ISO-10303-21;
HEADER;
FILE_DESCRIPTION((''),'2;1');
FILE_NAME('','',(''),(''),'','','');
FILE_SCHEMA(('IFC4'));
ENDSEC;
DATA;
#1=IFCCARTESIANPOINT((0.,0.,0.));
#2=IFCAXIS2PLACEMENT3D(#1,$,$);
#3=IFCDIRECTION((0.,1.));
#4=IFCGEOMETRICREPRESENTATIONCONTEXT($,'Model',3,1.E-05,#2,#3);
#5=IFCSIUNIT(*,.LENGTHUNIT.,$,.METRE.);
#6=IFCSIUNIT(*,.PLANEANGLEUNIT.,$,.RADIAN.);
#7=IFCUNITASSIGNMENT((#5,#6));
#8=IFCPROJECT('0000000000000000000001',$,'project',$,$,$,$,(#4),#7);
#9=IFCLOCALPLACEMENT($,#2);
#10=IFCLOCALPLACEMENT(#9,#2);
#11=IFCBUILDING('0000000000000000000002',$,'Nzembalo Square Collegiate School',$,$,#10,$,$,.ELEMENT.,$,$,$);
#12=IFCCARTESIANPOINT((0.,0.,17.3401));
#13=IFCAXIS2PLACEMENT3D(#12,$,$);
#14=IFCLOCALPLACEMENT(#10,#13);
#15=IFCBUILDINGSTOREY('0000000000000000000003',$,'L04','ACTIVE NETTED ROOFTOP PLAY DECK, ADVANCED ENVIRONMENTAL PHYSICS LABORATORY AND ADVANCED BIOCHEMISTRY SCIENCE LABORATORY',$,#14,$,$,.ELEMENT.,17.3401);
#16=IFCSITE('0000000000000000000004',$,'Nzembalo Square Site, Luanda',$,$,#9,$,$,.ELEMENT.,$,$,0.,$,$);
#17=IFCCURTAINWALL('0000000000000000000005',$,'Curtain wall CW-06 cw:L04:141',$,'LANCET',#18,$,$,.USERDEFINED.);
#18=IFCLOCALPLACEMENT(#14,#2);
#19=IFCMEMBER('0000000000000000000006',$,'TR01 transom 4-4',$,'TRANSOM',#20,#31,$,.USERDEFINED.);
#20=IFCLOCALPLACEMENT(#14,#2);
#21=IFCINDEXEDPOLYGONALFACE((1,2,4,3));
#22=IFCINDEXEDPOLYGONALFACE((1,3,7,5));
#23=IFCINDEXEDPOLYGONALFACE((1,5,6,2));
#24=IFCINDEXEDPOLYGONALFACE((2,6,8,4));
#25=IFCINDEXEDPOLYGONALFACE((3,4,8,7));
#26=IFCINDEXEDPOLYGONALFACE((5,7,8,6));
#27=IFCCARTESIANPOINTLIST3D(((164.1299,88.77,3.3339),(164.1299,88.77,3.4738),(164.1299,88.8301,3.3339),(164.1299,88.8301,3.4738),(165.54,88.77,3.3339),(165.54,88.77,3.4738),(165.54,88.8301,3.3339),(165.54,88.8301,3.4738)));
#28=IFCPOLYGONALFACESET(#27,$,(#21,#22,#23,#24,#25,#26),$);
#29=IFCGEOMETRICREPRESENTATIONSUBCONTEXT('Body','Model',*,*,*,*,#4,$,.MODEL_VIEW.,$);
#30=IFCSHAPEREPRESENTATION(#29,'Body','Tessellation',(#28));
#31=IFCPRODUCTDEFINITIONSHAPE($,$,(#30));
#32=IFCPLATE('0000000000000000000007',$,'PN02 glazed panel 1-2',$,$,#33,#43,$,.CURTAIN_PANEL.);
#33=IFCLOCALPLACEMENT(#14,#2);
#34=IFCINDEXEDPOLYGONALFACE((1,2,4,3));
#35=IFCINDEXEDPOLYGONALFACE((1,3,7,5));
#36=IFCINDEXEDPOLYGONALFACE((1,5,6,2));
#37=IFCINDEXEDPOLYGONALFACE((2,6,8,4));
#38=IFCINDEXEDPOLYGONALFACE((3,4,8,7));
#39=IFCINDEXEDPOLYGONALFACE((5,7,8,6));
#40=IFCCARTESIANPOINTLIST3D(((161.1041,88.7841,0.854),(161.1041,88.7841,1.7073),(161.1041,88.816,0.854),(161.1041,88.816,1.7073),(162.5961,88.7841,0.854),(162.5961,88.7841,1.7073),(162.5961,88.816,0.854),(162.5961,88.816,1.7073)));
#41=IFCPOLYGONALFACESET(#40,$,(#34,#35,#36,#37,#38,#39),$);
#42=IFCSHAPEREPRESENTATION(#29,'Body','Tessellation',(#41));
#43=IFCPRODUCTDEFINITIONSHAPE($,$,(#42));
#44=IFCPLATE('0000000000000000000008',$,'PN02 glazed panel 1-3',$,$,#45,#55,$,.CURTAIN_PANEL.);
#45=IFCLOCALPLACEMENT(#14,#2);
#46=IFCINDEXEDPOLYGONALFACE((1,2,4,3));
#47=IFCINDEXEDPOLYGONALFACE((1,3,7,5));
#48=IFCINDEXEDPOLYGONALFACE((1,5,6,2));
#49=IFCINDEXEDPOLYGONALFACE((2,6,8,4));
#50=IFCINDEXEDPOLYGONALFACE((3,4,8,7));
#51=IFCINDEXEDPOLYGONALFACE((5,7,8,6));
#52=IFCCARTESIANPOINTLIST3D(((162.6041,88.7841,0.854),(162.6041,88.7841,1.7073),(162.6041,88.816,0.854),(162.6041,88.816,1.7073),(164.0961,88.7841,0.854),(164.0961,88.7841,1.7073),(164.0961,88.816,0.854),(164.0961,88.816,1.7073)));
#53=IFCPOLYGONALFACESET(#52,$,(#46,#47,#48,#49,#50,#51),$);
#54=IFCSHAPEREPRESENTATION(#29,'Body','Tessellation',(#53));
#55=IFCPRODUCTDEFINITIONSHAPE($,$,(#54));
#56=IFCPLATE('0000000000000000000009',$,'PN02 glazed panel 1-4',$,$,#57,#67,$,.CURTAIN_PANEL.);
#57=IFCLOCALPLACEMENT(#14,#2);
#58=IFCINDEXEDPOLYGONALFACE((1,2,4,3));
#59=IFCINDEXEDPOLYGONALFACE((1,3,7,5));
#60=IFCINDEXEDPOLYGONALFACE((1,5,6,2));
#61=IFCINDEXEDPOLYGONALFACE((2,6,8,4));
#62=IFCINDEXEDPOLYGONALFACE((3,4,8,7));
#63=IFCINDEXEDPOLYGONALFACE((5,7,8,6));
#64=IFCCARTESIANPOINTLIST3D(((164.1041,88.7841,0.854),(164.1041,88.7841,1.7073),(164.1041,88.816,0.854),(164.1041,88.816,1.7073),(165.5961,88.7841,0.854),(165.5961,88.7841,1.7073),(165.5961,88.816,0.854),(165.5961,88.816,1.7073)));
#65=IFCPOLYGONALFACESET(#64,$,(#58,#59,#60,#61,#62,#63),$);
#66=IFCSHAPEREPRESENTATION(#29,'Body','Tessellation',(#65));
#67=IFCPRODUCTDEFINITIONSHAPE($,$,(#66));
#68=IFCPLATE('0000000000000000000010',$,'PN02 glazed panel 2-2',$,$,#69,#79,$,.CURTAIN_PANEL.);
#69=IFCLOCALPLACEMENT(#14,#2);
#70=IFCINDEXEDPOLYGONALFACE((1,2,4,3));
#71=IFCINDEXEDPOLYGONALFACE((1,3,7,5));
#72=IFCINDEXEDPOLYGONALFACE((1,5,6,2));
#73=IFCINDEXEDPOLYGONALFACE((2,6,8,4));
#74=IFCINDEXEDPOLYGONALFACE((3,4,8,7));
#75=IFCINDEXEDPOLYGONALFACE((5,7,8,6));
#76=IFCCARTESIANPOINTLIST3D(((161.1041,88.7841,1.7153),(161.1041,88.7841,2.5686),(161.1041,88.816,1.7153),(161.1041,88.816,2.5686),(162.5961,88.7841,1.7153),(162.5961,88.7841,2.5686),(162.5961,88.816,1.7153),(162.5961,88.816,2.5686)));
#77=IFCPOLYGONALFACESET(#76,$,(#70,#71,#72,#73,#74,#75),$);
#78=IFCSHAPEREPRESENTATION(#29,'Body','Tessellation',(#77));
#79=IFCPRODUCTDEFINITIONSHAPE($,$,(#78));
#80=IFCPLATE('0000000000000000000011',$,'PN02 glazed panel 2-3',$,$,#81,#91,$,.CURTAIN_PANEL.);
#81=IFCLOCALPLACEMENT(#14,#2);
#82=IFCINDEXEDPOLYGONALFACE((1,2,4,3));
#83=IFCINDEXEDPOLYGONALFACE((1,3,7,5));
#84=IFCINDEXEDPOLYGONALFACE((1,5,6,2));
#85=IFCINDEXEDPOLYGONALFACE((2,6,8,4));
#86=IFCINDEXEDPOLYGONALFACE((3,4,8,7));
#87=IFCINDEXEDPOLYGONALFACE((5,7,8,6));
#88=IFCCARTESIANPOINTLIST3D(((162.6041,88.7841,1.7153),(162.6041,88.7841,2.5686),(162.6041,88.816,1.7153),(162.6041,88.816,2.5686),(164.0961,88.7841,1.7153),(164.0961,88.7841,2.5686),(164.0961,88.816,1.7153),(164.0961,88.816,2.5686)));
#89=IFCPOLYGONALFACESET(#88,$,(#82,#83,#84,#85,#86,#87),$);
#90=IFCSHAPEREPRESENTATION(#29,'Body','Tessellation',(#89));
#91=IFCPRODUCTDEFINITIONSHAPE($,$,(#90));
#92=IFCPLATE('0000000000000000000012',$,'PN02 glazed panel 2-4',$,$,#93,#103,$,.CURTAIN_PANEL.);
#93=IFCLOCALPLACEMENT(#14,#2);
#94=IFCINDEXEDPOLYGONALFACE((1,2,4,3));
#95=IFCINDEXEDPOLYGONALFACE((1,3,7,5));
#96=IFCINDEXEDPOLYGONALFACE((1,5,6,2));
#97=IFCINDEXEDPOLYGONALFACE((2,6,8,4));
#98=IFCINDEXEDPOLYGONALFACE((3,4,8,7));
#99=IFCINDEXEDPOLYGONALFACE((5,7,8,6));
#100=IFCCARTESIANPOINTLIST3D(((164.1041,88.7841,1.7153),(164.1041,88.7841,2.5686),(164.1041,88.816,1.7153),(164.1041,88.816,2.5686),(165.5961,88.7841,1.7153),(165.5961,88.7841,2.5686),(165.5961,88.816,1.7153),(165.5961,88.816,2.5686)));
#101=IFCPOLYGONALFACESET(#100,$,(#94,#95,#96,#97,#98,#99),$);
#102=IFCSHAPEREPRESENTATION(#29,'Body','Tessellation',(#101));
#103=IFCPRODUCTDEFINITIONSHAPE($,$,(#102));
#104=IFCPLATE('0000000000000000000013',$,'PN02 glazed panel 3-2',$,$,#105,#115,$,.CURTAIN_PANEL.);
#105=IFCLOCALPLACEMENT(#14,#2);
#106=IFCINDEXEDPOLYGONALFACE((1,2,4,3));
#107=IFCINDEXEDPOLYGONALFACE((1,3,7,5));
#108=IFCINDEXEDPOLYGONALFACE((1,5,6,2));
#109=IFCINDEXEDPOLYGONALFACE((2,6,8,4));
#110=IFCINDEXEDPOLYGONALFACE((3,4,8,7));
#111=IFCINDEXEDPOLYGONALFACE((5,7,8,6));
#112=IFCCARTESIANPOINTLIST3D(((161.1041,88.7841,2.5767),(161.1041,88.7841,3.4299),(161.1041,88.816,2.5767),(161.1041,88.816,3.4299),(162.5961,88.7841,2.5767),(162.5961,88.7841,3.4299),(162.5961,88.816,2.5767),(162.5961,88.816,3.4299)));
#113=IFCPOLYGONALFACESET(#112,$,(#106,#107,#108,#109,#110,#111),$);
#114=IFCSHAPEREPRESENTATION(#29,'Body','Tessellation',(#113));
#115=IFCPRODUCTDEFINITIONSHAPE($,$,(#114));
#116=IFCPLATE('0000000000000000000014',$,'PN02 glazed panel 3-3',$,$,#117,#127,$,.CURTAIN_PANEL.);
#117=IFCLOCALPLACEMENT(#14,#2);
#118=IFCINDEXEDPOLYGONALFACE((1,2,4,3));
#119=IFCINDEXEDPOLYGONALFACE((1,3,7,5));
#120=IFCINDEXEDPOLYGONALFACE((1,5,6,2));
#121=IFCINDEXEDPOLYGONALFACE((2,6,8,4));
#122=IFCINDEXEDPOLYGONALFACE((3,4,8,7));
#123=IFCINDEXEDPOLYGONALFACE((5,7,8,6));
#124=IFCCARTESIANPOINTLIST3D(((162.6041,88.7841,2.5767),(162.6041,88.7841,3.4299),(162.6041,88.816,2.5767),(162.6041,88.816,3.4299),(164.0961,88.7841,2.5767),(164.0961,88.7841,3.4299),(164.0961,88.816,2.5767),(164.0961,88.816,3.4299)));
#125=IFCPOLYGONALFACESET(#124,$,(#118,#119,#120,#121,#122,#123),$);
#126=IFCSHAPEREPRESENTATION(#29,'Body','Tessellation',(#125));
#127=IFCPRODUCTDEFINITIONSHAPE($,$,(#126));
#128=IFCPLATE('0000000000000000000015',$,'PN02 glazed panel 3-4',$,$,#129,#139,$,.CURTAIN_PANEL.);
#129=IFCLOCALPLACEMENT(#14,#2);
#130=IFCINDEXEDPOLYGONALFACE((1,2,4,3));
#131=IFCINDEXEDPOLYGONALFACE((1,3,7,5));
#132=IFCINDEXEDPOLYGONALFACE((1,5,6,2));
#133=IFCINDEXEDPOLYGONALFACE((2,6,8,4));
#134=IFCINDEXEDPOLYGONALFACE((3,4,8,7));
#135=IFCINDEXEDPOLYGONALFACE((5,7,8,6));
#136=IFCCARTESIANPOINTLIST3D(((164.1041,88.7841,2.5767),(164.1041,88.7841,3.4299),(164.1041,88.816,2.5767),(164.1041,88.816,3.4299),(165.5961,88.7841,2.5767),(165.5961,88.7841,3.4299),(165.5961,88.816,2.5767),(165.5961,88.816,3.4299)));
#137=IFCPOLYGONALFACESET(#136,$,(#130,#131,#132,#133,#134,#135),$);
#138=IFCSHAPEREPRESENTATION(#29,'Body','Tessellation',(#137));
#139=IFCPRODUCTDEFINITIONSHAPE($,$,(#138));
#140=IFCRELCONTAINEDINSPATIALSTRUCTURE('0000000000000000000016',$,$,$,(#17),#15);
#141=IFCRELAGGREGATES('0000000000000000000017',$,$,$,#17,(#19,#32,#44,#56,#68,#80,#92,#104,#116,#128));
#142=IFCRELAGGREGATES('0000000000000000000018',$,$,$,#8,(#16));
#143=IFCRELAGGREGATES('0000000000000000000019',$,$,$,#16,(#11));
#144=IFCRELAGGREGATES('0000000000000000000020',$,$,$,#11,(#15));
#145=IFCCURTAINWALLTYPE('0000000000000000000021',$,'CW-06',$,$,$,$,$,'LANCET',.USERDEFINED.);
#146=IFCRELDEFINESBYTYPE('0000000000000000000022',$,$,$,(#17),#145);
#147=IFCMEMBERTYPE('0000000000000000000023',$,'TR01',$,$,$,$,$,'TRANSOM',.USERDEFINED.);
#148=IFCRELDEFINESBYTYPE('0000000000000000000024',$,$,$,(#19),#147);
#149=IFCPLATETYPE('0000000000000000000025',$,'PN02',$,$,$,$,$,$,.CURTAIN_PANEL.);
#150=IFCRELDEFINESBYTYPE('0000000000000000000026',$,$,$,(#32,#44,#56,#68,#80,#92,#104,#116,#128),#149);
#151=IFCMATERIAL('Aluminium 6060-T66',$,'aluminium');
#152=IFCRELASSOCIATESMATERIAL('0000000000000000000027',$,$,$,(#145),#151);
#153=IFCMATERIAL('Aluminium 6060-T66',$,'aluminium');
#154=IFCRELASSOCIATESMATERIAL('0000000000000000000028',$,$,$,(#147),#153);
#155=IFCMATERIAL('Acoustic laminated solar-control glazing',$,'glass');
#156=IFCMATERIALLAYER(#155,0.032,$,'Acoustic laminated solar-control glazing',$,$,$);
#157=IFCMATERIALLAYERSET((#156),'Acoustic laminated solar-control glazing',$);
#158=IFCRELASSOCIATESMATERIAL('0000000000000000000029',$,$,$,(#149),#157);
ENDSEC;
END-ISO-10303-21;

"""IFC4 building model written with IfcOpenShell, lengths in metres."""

from ifc_helpers import new_model, si_unit, direction, frame, origin, origin_2d, place, context, subcontext, project, spatial, rectangle, extrude, material, layer, layer_set, material_profile, profile_set, type_object, element, aggregate, save


model = new_model("IFC4")

# Units and contexts
model_context = context("Model", 3, precision=1e-05, world=origin(), true_north=direction((0.0, 1.0)))
body_context = subcontext(model_context, "Body", "Model", "MODEL_VIEW")
ifc_project = project(units=[si_unit("LENGTHUNIT", "METRE"), si_unit("PLANEANGLEUNIT", "RADIAN")], contexts=[model_context])

# Site, building, storey
site_placement = place(None, origin())
site = spatial("IfcSite", under=ifc_project, at=site_placement, Name="Nzembalo Square Site, Luanda", CompositionType="ELEMENT", RefElevation=0.0)
building_placement = place(site_placement, origin())
building = spatial("IfcBuilding", under=site, at=building_placement, Name="Nzembalo Square Collegiate School", CompositionType="ELEMENT")
storey_placement = place(building_placement, frame((0.0, 0.0, 17.3401)))
storey = spatial("IfcBuildingStorey", under=building, at=storey_placement, Name="L04", Description="ACTIVE NETTED ROOFTOP PLAY DECK, ADVANCED ENVIRONMENTAL PHYSICS LABORATORY AND ADVANCED BIOCHEMISTRY SCIENCE LABORATORY", CompositionType="ELEMENT", Elevation=17.3401)

# Curtain wall, member, plates
ifc_material_1 = material(Name="Aluminium 6060-T66", Category="aluminium")
curtain_wall_type = type_object("IfcCurtainWallType", Name="CW-06", ElementType="LANCET", PredefinedType="USERDEFINED", material=ifc_material_1)
curtain_wall_placement = place(storey_placement, origin())
curtain_wall = element("IfcCurtainWall", 1, at=curtain_wall_placement, inside=storey, type_object=curtain_wall_type, Name="Curtain wall CW-06 cw:L04:141", ObjectType="LANCET", PredefinedType="USERDEFINED")
ifc_material_2 = material(Name="Aluminium 6060-T66", Category="aluminium")
ifc_material_profile_1 = material_profile(ifc_material_2, rectangle(XDim=0.0601, YDim=0.1399, at=origin_2d()), Name="ALU T60x140")
ifc_profile_set_1 = profile_set([ifc_material_profile_1], Name="Aluminium 6060-T66")
member_type_1 = type_object("IfcMemberType", Name="TR01", ElementType="TRANSOM", PredefinedType="USERDEFINED", material=ifc_profile_set_1)
member_1_placement = place(storey_placement, frame((164.1299, 88.8, 3.4038), z_axis=(1.0, 0.0, 0.0), x_axis=(0.0, 1.0, 0.0)))
member_1 = element("IfcMember", 2, at=member_1_placement, type_object=member_type_1, Name="TR01 transom 4-4", ObjectType="TRANSOM", PredefinedType="USERDEFINED", context=body_context, shape_type="SweptSolid", body=[
    extrude(rectangle(XDim=0.0601, YDim=0.1399, at=origin_2d()), origin(), (0.0, 0.0, 1.0), 1.4102),
])
ifc_material_3 = material(Name="Acoustic laminated solar-control glazing", Category="glass")
ifc_layer = layer(ifc_material_3, 0.032, Name="Acoustic laminated solar-control glazing")
ifc_layer_set = layer_set([ifc_layer], Name="Acoustic laminated solar-control glazing")
plate_type = type_object("IfcPlateType", Name="PN02", PredefinedType="CURTAIN_PANEL", material=ifc_layer_set)
plate_1_placement = place(storey_placement, frame((161.8501, 88.8, 0.854), z_axis=(0.0, 0.0, 1.0), x_axis=(1.0, 0.0, 0.0)))
plate_1 = element("IfcPlate", 3, at=plate_1_placement, type_object=plate_type, Name="PN02 glazed panel 1-2", PredefinedType="CURTAIN_PANEL", context=body_context, shape_type="SweptSolid", body=[
    extrude(rectangle(XDim=1.4919, YDim=0.032, at=origin_2d()), origin(), (0.0, 0.0, 1.0), 0.8533),
])
plate_2_placement = place(storey_placement, frame((163.3501, 88.8, 0.854), z_axis=(0.0, 0.0, 1.0), x_axis=(1.0, 0.0, 0.0)))
plate_2 = element("IfcPlate", 4, at=plate_2_placement, type_object=plate_type, Name="PN02 glazed panel 1-3", PredefinedType="CURTAIN_PANEL", context=body_context, shape_type="SweptSolid", body=[
    extrude(rectangle(XDim=1.4919, YDim=0.032, at=origin_2d()), origin(), (0.0, 0.0, 1.0), 0.8533),
])
plate_3_placement = place(storey_placement, frame((164.8501, 88.8, 0.854), z_axis=(0.0, 0.0, 1.0), x_axis=(1.0, 0.0, 0.0)))
plate_3 = element("IfcPlate", 5, at=plate_3_placement, type_object=plate_type, Name="PN02 glazed panel 1-4", PredefinedType="CURTAIN_PANEL", context=body_context, shape_type="SweptSolid", body=[
    extrude(rectangle(XDim=1.4919, YDim=0.032, at=origin_2d()), origin(), (0.0, 0.0, 1.0), 0.8533),
])
plate_4_placement = place(storey_placement, frame((161.8501, 88.8, 1.7153), z_axis=(0.0, 0.0, 1.0), x_axis=(1.0, 0.0, 0.0)))
plate_4 = element("IfcPlate", 6, at=plate_4_placement, type_object=plate_type, Name="PN02 glazed panel 2-2", PredefinedType="CURTAIN_PANEL", context=body_context, shape_type="SweptSolid", body=[
    extrude(rectangle(XDim=1.4919, YDim=0.032, at=origin_2d()), origin(), (0.0, 0.0, 1.0), 0.8533),
])
plate_5_placement = place(storey_placement, frame((163.3501, 88.8, 1.7153), z_axis=(0.0, 0.0, 1.0), x_axis=(1.0, 0.0, 0.0)))
plate_5 = element("IfcPlate", 7, at=plate_5_placement, type_object=plate_type, Name="PN02 glazed panel 2-3", PredefinedType="CURTAIN_PANEL", context=body_context, shape_type="SweptSolid", body=[
    extrude(rectangle(XDim=1.4919, YDim=0.032, at=origin_2d()), origin(), (0.0, 0.0, 1.0), 0.8533),
])
plate_6_placement = place(storey_placement, frame((164.8501, 88.8, 1.7153), z_axis=(0.0, 0.0, 1.0), x_axis=(1.0, 0.0, 0.0)))
plate_6 = element("IfcPlate", 8, at=plate_6_placement, type_object=plate_type, Name="PN02 glazed panel 2-4", PredefinedType="CURTAIN_PANEL", context=body_context, shape_type="SweptSolid", body=[
    extrude(rectangle(XDim=1.4919, YDim=0.032, at=origin_2d()), origin(), (0.0, 0.0, 1.0), 0.8533),
])
plate_7_placement = place(storey_placement, frame((161.8501, 88.8, 2.5767), z_axis=(0.0, 0.0, 1.0), x_axis=(1.0, 0.0, 0.0)))
plate_7 = element("IfcPlate", 9, at=plate_7_placement, type_object=plate_type, Name="PN02 glazed panel 3-2", PredefinedType="CURTAIN_PANEL", context=body_context, shape_type="SweptSolid", body=[
    extrude(rectangle(XDim=1.4919, YDim=0.032, at=origin_2d()), origin(), (0.0, 0.0, 1.0), 0.8533),
])
plate_8_placement = place(storey_placement, frame((163.3501, 88.8, 2.5767), z_axis=(0.0, 0.0, 1.0), x_axis=(1.0, 0.0, 0.0)))
plate_8 = element("IfcPlate", 10, at=plate_8_placement, type_object=plate_type, Name="PN02 glazed panel 3-3", PredefinedType="CURTAIN_PANEL", context=body_context, shape_type="SweptSolid", body=[
    extrude(rectangle(XDim=1.4919, YDim=0.032, at=origin_2d()), origin(), (0.0, 0.0, 1.0), 0.8533),
])
plate_9_placement = place(storey_placement, frame((164.8501, 88.8, 2.5767), z_axis=(0.0, 0.0, 1.0), x_axis=(1.0, 0.0, 0.0)))
plate_9 = element("IfcPlate", 11, at=plate_9_placement, type_object=plate_type, Name="PN02 glazed panel 3-4", PredefinedType="CURTAIN_PANEL", context=body_context, shape_type="SweptSolid", body=[
    extrude(rectangle(XDim=1.4919, YDim=0.032, at=origin_2d()), origin(), (0.0, 0.0, 1.0), 0.8533),
])
aggregate(curtain_wall, [member_1, plate_1, plate_2, plate_3, plate_4, plate_5, plate_6, plate_7, plate_8, plate_9])

save(model, "model.ifc")
